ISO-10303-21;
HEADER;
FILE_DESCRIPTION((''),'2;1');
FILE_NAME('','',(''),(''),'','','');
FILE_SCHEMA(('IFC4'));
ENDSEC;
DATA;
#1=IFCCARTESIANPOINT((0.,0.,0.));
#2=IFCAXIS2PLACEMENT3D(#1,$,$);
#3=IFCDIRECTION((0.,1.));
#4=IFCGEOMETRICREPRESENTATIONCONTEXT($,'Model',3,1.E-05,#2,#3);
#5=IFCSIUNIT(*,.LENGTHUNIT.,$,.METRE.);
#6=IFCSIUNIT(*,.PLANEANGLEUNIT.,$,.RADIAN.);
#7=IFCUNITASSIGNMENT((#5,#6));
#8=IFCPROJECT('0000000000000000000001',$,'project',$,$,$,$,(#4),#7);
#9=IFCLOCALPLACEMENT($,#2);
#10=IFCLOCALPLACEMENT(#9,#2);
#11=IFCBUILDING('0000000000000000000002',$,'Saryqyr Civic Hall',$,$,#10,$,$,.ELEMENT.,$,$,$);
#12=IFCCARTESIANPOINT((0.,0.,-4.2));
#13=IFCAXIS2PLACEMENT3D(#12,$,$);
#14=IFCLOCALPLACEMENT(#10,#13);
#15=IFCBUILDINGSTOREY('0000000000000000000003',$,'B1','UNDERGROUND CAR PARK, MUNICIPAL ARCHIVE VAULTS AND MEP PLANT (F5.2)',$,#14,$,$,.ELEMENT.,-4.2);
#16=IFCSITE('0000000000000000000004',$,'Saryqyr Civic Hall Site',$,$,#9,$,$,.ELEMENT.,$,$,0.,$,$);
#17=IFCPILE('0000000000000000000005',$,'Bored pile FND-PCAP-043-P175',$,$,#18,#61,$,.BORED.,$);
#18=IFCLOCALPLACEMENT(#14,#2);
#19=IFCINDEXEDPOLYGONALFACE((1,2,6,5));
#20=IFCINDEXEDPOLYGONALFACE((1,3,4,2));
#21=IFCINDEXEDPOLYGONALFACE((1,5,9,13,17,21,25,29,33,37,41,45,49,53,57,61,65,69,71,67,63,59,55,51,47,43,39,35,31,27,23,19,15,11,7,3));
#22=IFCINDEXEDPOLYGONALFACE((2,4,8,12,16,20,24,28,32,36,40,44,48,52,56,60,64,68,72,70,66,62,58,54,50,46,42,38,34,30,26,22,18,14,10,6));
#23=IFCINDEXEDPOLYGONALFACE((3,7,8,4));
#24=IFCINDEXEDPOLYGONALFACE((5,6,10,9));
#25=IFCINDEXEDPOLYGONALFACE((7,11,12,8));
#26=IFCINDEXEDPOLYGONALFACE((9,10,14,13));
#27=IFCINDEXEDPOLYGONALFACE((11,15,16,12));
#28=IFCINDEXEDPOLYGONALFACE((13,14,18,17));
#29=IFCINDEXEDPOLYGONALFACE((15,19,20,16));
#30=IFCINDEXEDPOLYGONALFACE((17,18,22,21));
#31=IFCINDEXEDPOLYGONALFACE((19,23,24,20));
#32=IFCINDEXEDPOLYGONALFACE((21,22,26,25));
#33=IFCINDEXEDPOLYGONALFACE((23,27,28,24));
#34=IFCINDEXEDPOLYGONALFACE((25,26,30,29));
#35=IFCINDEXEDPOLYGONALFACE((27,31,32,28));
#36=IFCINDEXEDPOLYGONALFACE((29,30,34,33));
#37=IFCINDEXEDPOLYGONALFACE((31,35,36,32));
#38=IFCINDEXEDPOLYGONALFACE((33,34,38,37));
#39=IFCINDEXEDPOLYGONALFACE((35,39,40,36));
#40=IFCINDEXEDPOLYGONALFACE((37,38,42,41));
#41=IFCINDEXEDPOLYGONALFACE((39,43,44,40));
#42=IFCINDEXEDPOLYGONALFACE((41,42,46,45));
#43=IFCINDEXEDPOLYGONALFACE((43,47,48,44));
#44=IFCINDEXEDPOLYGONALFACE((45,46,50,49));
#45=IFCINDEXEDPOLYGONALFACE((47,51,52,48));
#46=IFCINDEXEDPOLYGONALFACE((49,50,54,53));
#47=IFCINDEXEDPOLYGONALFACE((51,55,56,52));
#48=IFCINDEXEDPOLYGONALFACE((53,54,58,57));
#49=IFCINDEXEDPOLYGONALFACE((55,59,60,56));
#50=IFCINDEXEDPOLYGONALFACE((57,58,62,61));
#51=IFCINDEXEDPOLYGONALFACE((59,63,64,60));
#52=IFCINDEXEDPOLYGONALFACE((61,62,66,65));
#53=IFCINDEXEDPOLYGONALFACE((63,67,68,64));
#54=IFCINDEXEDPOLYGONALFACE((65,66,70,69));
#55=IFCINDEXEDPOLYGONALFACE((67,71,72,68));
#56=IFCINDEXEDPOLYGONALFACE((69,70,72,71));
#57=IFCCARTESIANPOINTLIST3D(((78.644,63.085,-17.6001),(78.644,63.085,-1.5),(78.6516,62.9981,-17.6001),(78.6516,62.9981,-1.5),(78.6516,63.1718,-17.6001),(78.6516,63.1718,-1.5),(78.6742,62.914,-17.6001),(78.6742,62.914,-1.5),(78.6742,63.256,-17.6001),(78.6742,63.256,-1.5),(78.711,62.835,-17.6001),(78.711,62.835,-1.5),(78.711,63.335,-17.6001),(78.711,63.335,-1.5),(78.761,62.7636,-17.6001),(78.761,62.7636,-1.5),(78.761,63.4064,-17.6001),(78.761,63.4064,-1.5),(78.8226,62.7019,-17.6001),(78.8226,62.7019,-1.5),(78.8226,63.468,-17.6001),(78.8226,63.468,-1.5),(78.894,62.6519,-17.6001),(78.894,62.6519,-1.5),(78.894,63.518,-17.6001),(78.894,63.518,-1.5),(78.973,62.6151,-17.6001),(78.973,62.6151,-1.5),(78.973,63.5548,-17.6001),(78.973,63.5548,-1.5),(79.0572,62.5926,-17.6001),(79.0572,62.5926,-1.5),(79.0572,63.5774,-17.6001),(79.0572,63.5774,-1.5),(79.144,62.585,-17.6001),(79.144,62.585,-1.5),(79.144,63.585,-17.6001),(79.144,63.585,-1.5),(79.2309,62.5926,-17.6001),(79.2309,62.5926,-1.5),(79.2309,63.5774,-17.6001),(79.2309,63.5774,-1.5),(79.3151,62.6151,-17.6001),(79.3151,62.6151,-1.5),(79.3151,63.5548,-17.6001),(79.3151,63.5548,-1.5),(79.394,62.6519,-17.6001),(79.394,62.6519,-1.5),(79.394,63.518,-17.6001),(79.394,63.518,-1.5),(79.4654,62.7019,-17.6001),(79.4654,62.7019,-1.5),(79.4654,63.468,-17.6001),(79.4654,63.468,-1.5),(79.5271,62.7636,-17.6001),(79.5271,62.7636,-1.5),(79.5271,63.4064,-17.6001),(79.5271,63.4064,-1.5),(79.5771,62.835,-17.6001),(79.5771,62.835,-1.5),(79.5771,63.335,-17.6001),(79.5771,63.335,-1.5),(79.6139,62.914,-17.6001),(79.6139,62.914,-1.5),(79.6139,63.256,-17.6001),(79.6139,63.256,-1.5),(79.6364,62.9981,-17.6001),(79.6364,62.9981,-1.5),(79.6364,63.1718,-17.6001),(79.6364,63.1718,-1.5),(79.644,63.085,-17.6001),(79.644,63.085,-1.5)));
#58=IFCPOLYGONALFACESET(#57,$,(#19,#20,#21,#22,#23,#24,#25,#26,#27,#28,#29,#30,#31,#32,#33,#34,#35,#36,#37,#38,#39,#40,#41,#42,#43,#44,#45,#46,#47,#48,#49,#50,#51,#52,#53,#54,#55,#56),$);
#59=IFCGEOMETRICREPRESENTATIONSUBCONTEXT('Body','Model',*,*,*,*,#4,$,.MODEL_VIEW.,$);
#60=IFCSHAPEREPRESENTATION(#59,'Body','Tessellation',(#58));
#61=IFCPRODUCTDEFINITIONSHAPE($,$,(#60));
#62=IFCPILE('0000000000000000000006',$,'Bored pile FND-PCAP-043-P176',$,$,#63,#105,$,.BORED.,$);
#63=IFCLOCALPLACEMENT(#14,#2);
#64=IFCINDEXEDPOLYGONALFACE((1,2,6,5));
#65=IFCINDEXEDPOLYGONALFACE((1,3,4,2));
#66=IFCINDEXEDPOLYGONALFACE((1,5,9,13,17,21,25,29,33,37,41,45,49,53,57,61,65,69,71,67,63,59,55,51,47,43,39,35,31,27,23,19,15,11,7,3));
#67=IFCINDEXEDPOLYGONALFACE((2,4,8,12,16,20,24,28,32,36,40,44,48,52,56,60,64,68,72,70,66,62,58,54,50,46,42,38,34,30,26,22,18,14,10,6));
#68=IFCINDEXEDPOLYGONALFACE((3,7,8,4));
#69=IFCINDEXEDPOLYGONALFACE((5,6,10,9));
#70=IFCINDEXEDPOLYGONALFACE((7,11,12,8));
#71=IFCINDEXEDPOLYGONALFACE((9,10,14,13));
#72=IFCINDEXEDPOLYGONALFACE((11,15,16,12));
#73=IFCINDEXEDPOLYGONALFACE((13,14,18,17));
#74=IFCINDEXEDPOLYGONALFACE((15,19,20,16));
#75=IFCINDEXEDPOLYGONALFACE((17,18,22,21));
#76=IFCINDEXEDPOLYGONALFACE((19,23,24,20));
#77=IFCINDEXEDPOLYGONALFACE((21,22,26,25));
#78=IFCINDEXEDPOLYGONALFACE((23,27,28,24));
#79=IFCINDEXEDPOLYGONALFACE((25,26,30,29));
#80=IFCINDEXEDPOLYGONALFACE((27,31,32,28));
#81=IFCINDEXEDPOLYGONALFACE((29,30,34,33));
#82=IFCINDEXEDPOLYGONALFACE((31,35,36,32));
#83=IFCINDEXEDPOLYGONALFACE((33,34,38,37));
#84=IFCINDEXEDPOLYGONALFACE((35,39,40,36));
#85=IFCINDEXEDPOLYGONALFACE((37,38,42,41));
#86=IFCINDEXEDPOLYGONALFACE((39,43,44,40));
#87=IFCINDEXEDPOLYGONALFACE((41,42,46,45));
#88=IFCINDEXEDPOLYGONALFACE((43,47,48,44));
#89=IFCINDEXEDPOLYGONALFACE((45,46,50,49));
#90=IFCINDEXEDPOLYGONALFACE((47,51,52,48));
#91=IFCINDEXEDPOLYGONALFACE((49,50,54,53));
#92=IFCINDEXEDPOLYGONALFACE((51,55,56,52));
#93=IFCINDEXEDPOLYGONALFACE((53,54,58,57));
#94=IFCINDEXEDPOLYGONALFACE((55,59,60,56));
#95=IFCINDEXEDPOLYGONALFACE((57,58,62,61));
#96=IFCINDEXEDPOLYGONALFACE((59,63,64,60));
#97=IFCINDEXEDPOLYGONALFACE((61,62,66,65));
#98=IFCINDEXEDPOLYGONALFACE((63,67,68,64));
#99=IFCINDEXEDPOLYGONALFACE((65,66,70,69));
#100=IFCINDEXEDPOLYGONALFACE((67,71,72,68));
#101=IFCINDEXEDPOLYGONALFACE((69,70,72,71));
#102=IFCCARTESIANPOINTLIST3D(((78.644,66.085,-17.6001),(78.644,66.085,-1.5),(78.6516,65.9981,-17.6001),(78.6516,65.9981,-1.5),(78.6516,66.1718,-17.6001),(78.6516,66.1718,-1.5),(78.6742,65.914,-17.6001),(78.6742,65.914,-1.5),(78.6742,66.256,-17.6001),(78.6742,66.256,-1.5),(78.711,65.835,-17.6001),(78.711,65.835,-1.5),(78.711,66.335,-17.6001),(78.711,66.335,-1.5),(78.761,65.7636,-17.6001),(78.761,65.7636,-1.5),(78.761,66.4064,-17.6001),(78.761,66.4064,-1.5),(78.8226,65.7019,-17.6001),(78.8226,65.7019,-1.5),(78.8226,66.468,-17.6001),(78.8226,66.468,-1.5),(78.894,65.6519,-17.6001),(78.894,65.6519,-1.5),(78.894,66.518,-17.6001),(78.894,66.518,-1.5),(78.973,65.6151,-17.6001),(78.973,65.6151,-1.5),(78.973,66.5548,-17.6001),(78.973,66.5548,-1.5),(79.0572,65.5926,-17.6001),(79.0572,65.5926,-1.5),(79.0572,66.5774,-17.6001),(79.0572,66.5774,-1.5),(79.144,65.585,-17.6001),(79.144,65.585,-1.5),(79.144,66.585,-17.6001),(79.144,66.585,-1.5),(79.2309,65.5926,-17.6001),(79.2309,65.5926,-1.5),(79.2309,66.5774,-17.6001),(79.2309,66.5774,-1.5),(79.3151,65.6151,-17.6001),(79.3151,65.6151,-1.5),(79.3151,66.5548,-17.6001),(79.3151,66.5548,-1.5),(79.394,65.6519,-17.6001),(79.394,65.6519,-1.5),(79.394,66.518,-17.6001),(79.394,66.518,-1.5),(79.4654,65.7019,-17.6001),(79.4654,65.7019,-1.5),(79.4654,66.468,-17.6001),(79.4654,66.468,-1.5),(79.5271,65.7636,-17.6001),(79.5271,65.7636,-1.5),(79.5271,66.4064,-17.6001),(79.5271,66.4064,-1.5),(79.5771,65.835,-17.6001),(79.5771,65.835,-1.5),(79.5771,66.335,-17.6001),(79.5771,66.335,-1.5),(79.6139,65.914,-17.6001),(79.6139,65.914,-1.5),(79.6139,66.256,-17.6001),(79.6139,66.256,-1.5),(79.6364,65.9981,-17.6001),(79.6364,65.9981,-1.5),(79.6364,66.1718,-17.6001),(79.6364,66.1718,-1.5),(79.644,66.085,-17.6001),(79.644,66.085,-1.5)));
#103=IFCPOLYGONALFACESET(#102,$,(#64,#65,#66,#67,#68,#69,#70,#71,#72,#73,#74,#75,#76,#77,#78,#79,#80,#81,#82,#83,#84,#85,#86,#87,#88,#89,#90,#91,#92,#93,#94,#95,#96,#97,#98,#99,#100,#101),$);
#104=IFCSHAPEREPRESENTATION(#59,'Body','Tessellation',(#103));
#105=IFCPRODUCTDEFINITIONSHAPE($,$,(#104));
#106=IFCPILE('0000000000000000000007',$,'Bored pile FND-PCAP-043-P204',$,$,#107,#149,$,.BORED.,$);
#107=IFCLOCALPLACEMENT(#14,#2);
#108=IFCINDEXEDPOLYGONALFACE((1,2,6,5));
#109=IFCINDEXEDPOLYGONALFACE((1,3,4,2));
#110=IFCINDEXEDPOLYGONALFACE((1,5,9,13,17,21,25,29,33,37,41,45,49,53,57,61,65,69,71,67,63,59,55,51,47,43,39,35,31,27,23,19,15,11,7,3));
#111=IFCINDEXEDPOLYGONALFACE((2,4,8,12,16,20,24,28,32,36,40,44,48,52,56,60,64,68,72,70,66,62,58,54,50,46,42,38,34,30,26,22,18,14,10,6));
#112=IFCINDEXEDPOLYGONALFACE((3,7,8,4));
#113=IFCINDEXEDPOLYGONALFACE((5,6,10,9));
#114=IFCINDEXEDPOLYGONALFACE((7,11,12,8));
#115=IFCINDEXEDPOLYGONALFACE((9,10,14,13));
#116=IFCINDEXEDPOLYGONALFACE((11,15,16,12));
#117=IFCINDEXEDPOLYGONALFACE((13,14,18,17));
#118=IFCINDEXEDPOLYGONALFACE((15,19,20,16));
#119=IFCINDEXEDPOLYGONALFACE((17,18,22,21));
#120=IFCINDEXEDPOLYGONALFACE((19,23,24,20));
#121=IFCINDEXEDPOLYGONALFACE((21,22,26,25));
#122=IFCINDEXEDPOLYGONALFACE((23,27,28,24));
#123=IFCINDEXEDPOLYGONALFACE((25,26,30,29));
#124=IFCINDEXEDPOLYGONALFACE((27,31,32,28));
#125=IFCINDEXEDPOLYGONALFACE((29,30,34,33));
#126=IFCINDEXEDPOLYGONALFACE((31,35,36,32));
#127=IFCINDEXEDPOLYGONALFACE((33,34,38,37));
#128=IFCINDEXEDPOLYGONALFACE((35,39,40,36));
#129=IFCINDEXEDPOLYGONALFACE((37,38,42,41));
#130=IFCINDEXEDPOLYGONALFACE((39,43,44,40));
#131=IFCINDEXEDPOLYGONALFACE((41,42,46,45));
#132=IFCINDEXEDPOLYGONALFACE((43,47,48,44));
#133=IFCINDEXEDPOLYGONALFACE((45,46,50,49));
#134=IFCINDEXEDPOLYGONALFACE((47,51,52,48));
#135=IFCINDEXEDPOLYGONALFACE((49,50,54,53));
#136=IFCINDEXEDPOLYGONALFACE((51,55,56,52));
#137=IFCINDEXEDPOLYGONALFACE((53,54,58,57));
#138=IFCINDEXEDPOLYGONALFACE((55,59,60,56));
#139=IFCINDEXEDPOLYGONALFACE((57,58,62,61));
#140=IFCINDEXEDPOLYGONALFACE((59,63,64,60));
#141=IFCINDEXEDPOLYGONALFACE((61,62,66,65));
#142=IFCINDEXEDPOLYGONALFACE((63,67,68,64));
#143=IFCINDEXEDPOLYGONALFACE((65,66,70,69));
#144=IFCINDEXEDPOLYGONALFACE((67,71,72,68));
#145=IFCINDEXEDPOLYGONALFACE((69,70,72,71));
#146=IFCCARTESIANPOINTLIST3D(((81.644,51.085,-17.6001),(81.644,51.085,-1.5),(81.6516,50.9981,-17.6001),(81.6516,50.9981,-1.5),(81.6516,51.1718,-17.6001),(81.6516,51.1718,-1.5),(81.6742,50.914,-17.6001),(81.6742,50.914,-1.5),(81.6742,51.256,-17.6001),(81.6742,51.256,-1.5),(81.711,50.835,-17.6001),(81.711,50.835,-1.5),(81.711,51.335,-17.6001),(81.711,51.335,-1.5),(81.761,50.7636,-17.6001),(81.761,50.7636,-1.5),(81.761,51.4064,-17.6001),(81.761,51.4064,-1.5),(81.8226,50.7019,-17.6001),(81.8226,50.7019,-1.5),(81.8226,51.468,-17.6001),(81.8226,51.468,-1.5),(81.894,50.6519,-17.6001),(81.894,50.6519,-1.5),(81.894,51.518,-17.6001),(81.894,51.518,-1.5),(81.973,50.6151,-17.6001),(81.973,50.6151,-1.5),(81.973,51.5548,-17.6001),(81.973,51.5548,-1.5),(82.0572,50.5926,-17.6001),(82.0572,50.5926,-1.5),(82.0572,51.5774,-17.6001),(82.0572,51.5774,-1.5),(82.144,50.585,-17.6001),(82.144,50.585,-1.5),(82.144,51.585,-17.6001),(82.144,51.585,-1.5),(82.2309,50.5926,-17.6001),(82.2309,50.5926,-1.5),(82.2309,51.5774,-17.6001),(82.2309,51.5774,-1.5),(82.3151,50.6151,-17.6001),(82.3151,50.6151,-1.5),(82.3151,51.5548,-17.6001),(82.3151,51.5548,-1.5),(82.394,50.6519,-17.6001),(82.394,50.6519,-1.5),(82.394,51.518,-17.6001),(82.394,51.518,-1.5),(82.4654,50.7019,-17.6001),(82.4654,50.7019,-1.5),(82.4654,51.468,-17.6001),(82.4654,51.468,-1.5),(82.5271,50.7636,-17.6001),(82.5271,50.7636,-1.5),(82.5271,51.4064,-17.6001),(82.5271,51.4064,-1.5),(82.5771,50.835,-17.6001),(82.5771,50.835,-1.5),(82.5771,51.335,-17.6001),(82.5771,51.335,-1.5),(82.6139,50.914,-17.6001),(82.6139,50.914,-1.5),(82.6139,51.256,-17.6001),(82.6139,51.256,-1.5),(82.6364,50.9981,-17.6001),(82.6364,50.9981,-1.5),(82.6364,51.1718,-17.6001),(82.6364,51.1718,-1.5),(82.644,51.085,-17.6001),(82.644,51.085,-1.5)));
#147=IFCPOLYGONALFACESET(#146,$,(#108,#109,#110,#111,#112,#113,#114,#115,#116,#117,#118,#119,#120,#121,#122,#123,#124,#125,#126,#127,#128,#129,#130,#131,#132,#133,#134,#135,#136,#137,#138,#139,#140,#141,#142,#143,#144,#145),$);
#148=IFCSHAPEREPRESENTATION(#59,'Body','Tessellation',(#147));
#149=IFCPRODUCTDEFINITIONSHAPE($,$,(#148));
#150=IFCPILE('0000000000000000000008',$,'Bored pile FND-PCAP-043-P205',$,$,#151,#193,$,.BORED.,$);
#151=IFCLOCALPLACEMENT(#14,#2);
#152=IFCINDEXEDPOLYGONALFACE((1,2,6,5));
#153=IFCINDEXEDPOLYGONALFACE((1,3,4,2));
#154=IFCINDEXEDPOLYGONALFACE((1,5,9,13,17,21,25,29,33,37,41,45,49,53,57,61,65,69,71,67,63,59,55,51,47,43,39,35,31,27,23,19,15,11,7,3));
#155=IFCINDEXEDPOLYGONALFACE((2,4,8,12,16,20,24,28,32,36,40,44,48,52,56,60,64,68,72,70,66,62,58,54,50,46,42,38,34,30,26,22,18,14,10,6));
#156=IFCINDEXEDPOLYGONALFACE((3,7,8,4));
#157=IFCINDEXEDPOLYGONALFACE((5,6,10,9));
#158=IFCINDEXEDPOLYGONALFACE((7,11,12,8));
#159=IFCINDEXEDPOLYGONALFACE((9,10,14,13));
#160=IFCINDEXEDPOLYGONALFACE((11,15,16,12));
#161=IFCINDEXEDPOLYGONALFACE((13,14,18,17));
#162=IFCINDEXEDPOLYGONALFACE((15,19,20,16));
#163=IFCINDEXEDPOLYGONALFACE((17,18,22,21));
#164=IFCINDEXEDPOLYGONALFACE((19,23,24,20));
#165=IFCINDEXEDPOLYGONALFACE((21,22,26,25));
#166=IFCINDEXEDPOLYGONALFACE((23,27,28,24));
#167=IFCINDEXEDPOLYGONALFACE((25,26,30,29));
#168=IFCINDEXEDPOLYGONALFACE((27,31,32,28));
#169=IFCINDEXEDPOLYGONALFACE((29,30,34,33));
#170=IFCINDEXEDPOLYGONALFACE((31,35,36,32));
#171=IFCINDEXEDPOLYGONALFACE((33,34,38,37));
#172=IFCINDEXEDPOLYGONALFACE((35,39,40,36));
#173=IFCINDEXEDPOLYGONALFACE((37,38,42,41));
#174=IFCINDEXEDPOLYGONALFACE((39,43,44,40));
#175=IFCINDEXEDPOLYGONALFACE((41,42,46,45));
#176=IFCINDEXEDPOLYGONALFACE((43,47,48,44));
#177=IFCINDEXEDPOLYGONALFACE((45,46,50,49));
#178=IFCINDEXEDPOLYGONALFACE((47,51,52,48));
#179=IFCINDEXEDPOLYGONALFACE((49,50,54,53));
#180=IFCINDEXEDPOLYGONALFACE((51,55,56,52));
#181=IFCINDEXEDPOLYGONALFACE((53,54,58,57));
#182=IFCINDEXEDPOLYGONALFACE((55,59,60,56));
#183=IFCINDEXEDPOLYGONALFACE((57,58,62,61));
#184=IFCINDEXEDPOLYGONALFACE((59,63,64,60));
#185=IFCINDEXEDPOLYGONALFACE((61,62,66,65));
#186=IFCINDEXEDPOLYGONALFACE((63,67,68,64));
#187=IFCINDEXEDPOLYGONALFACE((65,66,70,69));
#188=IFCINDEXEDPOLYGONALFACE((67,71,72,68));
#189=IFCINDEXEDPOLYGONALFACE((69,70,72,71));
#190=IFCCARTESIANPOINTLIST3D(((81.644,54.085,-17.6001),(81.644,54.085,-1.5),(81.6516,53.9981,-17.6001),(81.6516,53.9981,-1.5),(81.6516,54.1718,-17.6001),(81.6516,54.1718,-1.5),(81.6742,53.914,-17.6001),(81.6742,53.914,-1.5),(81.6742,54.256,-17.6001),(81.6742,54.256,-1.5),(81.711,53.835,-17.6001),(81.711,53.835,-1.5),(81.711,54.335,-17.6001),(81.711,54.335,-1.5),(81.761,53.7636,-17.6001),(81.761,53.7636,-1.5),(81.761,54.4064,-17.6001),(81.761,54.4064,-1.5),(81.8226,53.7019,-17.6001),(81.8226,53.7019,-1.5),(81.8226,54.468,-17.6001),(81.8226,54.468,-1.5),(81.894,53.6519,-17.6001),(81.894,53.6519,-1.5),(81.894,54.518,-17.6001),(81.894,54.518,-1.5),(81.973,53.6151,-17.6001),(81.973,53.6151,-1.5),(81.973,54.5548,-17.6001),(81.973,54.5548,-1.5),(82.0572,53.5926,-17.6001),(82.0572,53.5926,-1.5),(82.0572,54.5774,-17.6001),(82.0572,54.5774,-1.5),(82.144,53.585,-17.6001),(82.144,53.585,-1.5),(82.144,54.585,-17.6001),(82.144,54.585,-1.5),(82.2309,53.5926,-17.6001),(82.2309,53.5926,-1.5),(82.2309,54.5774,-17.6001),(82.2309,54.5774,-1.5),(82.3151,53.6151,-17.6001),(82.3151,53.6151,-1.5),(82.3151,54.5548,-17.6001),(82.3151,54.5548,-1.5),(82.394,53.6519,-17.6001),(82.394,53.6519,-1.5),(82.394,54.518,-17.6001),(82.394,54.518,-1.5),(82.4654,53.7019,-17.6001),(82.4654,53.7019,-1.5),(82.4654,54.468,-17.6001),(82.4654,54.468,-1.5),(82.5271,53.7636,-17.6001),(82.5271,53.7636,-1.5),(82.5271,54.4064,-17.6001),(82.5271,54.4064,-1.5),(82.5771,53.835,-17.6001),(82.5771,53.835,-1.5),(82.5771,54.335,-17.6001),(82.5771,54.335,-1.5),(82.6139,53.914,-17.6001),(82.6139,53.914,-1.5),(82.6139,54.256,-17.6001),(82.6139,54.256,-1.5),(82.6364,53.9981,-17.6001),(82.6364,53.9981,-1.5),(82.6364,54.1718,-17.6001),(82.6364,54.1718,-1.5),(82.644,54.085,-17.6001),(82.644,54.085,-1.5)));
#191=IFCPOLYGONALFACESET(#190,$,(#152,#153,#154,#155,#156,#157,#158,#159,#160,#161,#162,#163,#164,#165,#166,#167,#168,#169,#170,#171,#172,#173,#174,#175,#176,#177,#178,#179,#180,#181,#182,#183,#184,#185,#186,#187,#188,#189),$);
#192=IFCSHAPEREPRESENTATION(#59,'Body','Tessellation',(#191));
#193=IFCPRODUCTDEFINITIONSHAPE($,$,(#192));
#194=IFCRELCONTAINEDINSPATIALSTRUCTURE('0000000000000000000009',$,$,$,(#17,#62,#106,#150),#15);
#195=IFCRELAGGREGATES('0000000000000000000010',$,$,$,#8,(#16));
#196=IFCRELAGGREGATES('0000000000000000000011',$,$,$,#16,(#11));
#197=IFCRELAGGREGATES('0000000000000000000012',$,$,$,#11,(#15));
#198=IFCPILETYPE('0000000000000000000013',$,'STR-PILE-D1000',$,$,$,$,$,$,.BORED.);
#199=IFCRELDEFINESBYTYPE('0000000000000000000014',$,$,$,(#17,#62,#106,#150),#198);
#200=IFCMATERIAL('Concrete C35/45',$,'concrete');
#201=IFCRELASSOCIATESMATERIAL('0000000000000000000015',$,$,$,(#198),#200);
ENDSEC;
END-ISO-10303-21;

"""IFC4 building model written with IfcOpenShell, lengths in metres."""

from ifc_helpers import new_model, si_unit, direction, frame, origin, origin_2d, place, context, subcontext, project, spatial, circle, extrude, material, material_profile, profile_set, type_object, element, save


model = new_model("IFC4")

# Units and contexts
model_context = context("Model", 3, precision=1e-05, world=origin(), true_north=direction((0.0, 1.0)))
body_context = subcontext(model_context, "Body", "Model", "MODEL_VIEW")
ifc_project = project(units=[si_unit("LENGTHUNIT", "METRE"), si_unit("PLANEANGLEUNIT", "RADIAN")], contexts=[model_context])

# Site, building, storey
site_placement = place(None, origin())
site = spatial("IfcSite", under=ifc_project, at=site_placement, Name="Saryqyr Civic Hall Site", CompositionType="ELEMENT", RefElevation=0.0)
building_placement = place(site_placement, origin())
building = spatial("IfcBuilding", under=site, at=building_placement, Name="Saryqyr Civic Hall", CompositionType="ELEMENT")
storey_placement = place(building_placement, frame((0.0, 0.0, -4.2)))
storey = spatial("IfcBuildingStorey", under=building, at=storey_placement, Name="B1", Description="UNDERGROUND CAR PARK, MUNICIPAL ARCHIVE VAULTS AND MEP PLANT (F5.2)", CompositionType="ELEMENT", Elevation=-4.2)

# Piles
ifc_material_1 = material(Name="Concrete C35/45", Category="concrete")
ifc_material_profile_1 = material_profile(ifc_material_1, circle(Radius=0.5, at=origin_2d()), Name="BORED PILE D1000")
ifc_profile_set_1 = profile_set([ifc_material_profile_1], Name="Concrete C35/45")
pile_type = type_object("IfcPileType", Name="STR-PILE-D1000", PredefinedType="BORED", material=ifc_profile_set_1)
for number, where, z_axis, x_axis, name in (
    (1, (79.144, 63.085, -1.5), (0.0, 0.0, -1.0), (1.0, 0.0, 0.0), "Bored pile FND-PCAP-043-P175"),
    (2, (79.144, 66.085, -1.5), (0.0, 0.0, -1.0), (1.0, 0.0, 0.0), "Bored pile FND-PCAP-043-P176"),
    (3, (82.144, 51.085, -1.5), (0.0, 0.0, -1.0), (1.0, 0.0, 0.0), "Bored pile FND-PCAP-043-P204"),
    (4, (82.144, 54.085, -1.5), (0.0, 0.0, -1.0), (1.0, 0.0, 0.0), "Bored pile FND-PCAP-043-P205"),
):
    element("IfcPile", number, at=place(storey_placement, frame(where, z_axis=z_axis, x_axis=x_axis)), inside=storey, type_object=pile_type, Name=name, PredefinedType="BORED", context=body_context, shape_type="SweptSolid", body=[
        extrude(circle(Radius=0.5, at=origin_2d()), origin(), (0.0, 0.0, 1.0), 16.1001),
    ])

save(model, "model.ifc")
